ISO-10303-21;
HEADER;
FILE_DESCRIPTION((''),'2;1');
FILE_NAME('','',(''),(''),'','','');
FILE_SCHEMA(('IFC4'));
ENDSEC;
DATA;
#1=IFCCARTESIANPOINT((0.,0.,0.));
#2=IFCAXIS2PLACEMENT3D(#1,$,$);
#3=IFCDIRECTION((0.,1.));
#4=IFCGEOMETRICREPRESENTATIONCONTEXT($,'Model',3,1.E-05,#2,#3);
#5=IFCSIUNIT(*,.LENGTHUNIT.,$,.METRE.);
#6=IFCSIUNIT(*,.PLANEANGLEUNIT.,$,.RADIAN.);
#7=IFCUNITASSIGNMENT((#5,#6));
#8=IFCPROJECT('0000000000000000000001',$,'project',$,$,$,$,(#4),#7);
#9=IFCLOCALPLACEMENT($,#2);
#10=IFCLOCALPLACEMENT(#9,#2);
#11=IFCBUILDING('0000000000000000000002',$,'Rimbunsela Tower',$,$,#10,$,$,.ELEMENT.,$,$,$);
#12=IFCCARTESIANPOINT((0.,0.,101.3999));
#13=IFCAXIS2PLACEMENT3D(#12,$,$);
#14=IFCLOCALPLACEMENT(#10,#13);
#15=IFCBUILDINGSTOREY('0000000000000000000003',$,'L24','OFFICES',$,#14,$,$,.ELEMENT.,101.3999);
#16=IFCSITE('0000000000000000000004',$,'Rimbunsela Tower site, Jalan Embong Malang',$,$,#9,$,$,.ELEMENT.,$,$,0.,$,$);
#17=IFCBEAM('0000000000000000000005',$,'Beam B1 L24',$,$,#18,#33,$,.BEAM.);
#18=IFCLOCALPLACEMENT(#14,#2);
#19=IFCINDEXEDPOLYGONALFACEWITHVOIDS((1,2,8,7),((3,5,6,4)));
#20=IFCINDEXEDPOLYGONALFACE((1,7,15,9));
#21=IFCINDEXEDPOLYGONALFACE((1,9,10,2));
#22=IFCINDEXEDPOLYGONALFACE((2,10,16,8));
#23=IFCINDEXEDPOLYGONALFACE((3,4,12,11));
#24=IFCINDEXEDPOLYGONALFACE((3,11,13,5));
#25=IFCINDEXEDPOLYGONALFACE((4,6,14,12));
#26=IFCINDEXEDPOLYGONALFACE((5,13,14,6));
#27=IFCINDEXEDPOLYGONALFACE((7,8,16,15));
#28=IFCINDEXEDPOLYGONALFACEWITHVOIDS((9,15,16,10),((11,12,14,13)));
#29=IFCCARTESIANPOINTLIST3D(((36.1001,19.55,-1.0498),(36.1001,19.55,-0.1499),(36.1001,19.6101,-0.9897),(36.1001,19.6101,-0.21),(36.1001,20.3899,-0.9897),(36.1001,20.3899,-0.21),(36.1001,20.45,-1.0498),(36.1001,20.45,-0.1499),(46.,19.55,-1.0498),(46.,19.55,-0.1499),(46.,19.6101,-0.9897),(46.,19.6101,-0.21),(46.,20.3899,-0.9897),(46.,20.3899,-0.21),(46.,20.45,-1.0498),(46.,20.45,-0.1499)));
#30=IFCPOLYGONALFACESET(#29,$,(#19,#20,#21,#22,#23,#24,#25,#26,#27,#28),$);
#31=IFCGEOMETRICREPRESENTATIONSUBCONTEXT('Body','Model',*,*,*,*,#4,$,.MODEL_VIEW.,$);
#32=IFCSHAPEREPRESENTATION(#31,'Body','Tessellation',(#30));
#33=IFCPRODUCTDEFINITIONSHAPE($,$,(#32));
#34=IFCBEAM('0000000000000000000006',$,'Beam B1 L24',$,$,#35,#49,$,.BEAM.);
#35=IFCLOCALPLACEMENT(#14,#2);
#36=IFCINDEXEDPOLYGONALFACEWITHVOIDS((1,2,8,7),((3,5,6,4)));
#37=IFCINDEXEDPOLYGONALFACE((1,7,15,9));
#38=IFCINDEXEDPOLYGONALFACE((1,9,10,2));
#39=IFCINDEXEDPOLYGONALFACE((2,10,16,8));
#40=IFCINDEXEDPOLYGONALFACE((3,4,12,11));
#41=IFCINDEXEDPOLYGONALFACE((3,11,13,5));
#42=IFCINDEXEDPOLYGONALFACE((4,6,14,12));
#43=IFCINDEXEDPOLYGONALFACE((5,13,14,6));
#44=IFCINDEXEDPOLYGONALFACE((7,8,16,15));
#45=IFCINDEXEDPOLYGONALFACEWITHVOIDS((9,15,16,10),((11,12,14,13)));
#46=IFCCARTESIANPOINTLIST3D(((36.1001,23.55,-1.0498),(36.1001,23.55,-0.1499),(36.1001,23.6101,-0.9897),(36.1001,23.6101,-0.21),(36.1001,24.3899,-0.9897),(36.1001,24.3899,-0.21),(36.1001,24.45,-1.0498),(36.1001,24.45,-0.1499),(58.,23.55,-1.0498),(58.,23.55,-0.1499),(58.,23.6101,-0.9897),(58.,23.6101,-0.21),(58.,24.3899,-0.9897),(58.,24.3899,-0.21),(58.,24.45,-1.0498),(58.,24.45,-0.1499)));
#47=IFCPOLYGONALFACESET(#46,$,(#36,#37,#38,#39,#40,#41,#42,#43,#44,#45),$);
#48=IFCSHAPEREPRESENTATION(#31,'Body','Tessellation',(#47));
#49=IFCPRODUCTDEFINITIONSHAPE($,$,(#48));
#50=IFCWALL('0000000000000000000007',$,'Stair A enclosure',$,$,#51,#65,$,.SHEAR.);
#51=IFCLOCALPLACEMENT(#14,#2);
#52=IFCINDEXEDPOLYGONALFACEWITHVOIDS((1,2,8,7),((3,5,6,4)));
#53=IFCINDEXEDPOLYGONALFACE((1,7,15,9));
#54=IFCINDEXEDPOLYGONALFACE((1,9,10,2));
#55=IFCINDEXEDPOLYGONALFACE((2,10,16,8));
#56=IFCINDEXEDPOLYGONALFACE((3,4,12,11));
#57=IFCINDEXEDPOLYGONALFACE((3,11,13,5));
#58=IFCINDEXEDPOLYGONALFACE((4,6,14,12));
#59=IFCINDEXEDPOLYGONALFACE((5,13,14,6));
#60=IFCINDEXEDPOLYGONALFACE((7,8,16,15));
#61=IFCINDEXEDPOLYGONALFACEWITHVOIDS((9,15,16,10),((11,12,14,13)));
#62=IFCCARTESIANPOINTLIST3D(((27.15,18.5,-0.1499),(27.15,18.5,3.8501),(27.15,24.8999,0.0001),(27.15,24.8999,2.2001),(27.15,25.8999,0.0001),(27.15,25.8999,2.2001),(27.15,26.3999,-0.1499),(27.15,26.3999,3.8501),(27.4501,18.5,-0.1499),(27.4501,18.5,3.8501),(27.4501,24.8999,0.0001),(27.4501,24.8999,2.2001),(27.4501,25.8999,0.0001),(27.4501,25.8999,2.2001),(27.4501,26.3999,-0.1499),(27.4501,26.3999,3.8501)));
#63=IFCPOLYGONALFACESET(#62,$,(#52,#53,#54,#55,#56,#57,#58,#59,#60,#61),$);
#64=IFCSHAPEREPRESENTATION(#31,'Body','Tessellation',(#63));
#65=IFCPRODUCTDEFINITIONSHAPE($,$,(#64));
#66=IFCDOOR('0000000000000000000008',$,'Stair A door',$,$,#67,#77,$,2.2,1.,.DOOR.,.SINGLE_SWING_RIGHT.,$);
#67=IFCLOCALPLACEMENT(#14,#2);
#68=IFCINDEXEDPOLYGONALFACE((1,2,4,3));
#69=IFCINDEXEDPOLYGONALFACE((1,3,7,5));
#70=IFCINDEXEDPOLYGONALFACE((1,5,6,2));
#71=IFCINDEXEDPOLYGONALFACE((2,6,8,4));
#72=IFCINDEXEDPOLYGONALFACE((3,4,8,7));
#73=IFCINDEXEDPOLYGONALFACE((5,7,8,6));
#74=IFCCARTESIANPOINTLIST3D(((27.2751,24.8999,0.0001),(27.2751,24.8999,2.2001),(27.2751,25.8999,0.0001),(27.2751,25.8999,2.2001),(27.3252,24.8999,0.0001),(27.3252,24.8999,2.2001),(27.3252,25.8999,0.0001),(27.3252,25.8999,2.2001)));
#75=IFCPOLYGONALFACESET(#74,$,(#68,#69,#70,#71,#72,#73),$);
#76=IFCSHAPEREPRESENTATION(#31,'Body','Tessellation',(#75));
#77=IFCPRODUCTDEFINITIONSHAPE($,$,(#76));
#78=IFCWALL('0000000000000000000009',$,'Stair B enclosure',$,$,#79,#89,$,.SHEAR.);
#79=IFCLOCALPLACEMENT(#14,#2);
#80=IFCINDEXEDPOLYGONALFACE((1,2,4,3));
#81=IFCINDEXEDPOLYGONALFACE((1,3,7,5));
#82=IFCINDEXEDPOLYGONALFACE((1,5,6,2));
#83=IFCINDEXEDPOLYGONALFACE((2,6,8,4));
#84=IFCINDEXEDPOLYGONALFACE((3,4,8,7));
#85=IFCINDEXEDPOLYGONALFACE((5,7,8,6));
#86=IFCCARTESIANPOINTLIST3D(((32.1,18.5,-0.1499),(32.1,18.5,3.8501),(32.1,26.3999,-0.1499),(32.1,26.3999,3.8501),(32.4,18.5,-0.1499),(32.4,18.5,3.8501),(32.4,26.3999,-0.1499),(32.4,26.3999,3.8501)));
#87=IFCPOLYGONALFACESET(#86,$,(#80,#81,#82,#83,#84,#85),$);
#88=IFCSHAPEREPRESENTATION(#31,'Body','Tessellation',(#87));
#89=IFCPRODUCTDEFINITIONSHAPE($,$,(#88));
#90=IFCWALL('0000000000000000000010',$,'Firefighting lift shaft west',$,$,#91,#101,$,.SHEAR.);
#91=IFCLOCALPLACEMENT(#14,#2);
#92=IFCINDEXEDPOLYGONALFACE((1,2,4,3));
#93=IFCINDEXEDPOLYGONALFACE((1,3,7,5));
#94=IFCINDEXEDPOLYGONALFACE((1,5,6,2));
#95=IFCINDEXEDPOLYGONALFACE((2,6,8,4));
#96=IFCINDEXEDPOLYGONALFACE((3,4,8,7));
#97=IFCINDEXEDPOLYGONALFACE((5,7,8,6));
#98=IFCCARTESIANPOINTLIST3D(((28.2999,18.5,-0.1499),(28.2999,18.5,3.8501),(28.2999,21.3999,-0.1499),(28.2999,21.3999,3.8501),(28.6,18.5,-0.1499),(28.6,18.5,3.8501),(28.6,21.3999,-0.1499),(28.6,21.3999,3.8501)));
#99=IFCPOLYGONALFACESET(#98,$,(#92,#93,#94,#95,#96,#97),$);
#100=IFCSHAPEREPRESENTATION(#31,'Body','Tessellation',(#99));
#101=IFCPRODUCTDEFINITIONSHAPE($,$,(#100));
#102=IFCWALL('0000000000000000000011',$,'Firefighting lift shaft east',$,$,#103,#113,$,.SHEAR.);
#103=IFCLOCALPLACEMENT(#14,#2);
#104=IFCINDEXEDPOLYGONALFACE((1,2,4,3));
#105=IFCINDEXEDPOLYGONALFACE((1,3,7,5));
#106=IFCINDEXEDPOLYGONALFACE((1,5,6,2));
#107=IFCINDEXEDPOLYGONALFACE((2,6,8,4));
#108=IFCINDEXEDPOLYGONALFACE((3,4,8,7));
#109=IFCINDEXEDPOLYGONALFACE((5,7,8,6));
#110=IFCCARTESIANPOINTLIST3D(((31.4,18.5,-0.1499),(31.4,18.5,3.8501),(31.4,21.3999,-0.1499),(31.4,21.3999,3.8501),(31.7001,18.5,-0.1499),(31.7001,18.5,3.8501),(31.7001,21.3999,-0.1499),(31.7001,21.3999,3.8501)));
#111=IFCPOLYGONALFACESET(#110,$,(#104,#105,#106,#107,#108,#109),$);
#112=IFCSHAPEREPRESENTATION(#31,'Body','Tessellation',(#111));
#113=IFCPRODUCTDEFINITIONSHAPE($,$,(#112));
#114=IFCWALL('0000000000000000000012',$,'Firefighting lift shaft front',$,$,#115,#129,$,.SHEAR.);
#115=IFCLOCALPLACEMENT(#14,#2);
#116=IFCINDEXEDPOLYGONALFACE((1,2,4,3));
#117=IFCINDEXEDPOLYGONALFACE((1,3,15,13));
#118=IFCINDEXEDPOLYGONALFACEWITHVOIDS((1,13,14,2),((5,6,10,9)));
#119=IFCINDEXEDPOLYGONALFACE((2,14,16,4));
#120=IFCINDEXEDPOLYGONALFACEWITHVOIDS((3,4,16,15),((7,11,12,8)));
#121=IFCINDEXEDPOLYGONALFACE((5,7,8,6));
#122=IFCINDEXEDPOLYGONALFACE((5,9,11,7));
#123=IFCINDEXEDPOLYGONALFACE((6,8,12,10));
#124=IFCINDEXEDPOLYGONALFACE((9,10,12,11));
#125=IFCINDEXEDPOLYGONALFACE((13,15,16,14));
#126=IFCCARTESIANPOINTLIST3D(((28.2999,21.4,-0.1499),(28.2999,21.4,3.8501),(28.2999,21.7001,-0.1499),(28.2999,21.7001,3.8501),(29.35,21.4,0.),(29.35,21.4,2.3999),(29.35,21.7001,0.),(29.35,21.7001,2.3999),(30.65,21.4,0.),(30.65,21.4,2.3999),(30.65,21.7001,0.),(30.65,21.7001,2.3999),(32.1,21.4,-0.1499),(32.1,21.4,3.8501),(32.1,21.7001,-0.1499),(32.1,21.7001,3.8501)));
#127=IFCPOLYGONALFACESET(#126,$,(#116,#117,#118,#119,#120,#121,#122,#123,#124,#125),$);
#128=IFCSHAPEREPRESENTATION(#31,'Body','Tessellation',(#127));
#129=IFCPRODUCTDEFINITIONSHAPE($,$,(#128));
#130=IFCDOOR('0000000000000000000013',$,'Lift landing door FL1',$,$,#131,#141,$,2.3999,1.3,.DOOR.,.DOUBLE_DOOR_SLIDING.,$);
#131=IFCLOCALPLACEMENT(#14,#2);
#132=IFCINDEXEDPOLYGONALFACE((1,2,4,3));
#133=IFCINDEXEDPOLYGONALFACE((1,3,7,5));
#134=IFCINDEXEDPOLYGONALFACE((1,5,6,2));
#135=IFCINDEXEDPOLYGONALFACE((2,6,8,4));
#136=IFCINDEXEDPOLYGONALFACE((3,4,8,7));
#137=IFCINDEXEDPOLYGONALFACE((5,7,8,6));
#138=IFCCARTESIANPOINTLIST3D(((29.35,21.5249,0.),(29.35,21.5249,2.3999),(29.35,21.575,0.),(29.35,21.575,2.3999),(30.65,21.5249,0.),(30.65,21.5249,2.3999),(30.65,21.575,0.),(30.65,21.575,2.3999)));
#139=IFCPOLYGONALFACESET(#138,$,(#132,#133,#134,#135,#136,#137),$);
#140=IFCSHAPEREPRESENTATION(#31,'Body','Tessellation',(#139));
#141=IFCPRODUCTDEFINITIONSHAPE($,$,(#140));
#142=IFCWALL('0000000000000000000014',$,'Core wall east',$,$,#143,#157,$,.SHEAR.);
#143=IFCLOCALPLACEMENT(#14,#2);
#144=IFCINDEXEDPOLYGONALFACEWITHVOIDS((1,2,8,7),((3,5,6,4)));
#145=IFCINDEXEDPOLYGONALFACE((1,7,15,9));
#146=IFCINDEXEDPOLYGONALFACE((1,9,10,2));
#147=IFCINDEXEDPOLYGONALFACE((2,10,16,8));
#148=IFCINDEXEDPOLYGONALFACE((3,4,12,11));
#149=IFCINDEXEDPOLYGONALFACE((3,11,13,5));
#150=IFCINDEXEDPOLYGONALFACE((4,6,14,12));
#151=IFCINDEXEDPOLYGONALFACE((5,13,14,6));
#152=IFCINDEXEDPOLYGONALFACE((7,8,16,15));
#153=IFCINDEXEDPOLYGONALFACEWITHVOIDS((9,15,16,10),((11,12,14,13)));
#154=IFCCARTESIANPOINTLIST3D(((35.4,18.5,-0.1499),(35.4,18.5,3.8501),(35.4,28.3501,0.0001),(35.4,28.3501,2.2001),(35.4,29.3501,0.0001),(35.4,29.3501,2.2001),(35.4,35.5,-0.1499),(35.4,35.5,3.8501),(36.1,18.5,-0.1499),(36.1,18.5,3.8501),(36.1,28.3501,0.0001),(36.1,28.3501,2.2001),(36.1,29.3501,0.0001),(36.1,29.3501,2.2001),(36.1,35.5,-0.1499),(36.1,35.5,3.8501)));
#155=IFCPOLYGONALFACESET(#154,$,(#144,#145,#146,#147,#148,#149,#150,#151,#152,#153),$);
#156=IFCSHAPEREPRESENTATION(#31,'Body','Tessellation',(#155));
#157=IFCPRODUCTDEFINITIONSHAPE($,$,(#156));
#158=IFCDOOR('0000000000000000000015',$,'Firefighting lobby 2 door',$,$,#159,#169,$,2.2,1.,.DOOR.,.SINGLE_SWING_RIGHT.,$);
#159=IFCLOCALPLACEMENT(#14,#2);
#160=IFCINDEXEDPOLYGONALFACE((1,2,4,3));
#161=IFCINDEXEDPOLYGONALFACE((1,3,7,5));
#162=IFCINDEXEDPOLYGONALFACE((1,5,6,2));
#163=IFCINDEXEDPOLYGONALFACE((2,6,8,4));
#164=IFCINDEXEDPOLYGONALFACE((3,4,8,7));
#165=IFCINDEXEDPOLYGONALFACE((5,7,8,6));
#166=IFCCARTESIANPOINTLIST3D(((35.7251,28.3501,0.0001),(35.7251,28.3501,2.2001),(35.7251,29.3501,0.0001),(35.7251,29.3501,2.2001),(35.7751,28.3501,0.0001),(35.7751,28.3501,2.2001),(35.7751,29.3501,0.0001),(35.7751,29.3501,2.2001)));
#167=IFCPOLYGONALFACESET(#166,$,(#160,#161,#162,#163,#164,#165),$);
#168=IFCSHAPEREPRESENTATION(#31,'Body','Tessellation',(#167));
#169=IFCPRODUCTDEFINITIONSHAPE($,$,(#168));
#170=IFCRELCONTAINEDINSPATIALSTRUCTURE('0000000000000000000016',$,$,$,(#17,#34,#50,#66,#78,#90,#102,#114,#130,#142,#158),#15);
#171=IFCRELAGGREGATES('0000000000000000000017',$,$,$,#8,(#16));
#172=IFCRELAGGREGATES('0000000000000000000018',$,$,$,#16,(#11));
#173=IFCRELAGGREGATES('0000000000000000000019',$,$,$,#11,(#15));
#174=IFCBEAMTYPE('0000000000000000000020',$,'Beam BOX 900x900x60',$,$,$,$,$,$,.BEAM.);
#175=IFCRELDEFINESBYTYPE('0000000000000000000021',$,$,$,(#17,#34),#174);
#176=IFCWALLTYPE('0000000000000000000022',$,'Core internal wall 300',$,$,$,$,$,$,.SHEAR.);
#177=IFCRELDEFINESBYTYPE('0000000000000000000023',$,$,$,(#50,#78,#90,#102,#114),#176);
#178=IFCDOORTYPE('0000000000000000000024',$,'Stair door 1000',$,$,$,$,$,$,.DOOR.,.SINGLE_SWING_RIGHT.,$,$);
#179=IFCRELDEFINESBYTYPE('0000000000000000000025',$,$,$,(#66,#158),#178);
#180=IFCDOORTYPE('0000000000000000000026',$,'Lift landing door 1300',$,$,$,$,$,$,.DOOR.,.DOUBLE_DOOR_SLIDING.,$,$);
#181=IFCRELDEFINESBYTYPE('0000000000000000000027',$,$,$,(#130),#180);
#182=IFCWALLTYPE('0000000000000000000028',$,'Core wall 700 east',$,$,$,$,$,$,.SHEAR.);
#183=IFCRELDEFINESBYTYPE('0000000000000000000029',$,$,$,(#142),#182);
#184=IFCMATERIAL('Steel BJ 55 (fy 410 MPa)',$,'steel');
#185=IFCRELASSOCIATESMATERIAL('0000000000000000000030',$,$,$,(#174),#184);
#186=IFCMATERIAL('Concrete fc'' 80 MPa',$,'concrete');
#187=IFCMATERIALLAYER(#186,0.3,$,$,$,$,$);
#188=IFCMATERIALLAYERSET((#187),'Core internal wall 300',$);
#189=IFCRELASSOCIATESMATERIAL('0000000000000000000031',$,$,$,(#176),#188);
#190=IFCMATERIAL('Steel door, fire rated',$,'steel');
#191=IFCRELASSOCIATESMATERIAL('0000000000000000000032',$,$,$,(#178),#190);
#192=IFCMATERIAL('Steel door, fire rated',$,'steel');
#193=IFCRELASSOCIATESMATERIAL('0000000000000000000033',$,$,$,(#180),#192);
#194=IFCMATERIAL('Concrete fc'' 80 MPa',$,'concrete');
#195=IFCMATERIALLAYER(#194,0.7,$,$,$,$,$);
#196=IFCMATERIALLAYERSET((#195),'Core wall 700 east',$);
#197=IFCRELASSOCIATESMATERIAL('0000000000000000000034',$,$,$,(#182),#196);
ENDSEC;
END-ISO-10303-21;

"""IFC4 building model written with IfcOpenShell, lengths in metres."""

from ifc_helpers import new_model, si_unit, direction, frame, frame_2d, origin, origin_2d, place, context, subcontext, project, spatial, rectangle, hollow_rectangle, extrude, material, layer, layer_set, material_profile, profile_set, type_object, element, fill, save


model = new_model("IFC4")

# Units and contexts
model_context = context("Model", 3, precision=1e-05, world=origin(), true_north=direction((0.0, 1.0)))
body_context = subcontext(model_context, "Body", "Model", "MODEL_VIEW")
ifc_project = project(units=[si_unit("LENGTHUNIT", "METRE"), si_unit("PLANEANGLEUNIT", "RADIAN")], contexts=[model_context])

# Site, building, storey
site_placement = place(None, origin())
site = spatial("IfcSite", under=ifc_project, at=site_placement, Name="Rimbunsela Tower site, Jalan Embong Malang", CompositionType="ELEMENT", RefElevation=0.0)
building_placement = place(site_placement, origin())
building = spatial("IfcBuilding", under=site, at=building_placement, Name="Rimbunsela Tower", CompositionType="ELEMENT")
storey_placement = place(building_placement, frame((0.0, 0.0, 101.3999)))
storey = spatial("IfcBuildingStorey", under=building, at=storey_placement, Name="L24", Description="OFFICES", CompositionType="ELEMENT", Elevation=101.3999)

# Beams
ifc_material_1 = material(Name="Steel BJ 55 (fy 410 MPa)", Category="steel")
ifc_material_profile = material_profile(ifc_material_1, hollow_rectangle(XDim=0.8999, YDim=0.8999, WallThickness=0.0601, at=origin_2d()), Name="BOX 900x900x60")
ifc_profile_set = profile_set([ifc_material_profile], Name="Steel BJ 55 (fy 410 MPa)")
beam_type = type_object("IfcBeamType", Name="Beam BOX 900x900x60", PredefinedType="BEAM", material=ifc_profile_set)
beam_1_placement = place(storey_placement, frame((36.1001, 20.0, -0.5999), z_axis=(1.0, 0.0, 0.0), x_axis=(0.0, 1.0, 0.0)))
element("IfcBeam", 1, at=beam_1_placement, inside=storey, type_object=beam_type, Name="Beam B1 L24", PredefinedType="BEAM", context=body_context, shape_type="SweptSolid", body=[
    extrude(hollow_rectangle(XDim=0.8999, YDim=0.8999, WallThickness=0.0601, at=origin_2d()), origin(), (0.0, 0.0, 1.0), 9.8999),
])
beam_2_placement = place(storey_placement, frame((36.1001, 24.0, -0.5999), z_axis=(1.0, 0.0, 0.0), x_axis=(0.0, 1.0, 0.0)))
element("IfcBeam", 2, at=beam_2_placement, inside=storey, type_object=beam_type, Name="Beam B1 L24", PredefinedType="BEAM", context=body_context, shape_type="SweptSolid", body=[
    extrude(hollow_rectangle(XDim=0.8999, YDim=0.8999, WallThickness=0.0601, at=origin_2d()), origin(), (0.0, 0.0, 1.0), 21.8999),
])

# Wall, opening, door
ifc_material_2 = material(Name="Concrete fc' 80 MPa", Category="concrete")
ifc_layer_1 = layer(ifc_material_2, 0.3)
ifc_layer_set_1 = layer_set([ifc_layer_1], Name="Core internal wall 300")
wall_type_1 = type_object("IfcWallType", Name="Core internal wall 300", PredefinedType="SHEAR", material=ifc_layer_set_1)
wall_1_placement = place(storey_placement, frame((27.3, 18.5, -0.1499), z_axis=(0.0, 0.0, 1.0), x_axis=(0.0, 1.0, 0.0)))
wall_1 = element("IfcWall", 3, at=wall_1_placement, inside=storey, type_object=wall_type_1, Name="Stair A enclosure", PredefinedType="SHEAR", context=body_context, shape_type="SweptSolid", body=[
    extrude(rectangle(XDim=7.8999, YDim=0.3, at=frame_2d((3.95, 0.0))), origin(), (0.0, 0.0, 1.0), 4.0),
])
opening_1_placement = place(wall_1_placement, frame((6.3999, 0.0, 0.1499)))
opening_1 = element("IfcOpeningElement", 4, at=opening_1_placement, cuts=wall_1, PredefinedType="OPENING", context=body_context, shape_type="SweptSolid", body=[
    extrude(rectangle(XDim=1.0, YDim=2.2, at=frame_2d((0.5, 1.1001))), frame((0.0, 0.1599, 0.0), z_axis=(0.0, -1.0, 0.0), x_axis=(1.0, 0.0, 0.0)), (0.0, 0.0, 1.0), 0.3201),
])
ifc_material_3 = material(Name="Steel door, fire rated", Category="steel")
door_type_1 = type_object("IfcDoorType", Name="Stair door 1000", OperationType="SINGLE_SWING_RIGHT", PredefinedType="DOOR", material=ifc_material_3)
door_1_placement = place(opening_1_placement, origin())
door_1 = element("IfcDoor", 5, at=door_1_placement, inside=storey, type_object=door_type_1, Name="Stair A door", OperationType="SINGLE_SWING_RIGHT", OverallHeight=2.2, OverallWidth=1.0, PredefinedType="DOOR", context=body_context, shape_type="SweptSolid", body=[
    extrude(rectangle(XDim=1.0, YDim=2.2, at=frame_2d((0.5, 1.1001))), frame((0.0, 0.0249, 0.0), z_axis=(0.0, -1.0, 0.0), x_axis=(1.0, 0.0, 0.0)), (0.0, 0.0, 1.0), 0.05),
])
fill(opening_1, door_1)

# Walls
wall_2_placement = place(storey_placement, frame((32.25, 18.5, -0.1499), z_axis=(0.0, 0.0, 1.0), x_axis=(0.0, 1.0, 0.0)))
element("IfcWall", 6, at=wall_2_placement, inside=storey, type_object=wall_type_1, Name="Stair B enclosure", PredefinedType="SHEAR", context=body_context, shape_type="SweptSolid", body=[
    extrude(rectangle(XDim=7.8999, YDim=0.3, at=frame_2d((3.95, 0.0))), origin(), (0.0, 0.0, 1.0), 4.0),
])
for number, where, z_axis, x_axis, name in (
    (7, (28.45, 18.5, -0.1499), (0.0, 0.0, 1.0), (0.0, 1.0, 0.0), "Firefighting lift shaft west"),
    (8, (31.55, 18.5, -0.1499), (0.0, 0.0, 1.0), (0.0, 1.0, 0.0), "Firefighting lift shaft east"),
):
    element("IfcWall", number, at=place(storey_placement, frame(where, z_axis=z_axis, x_axis=x_axis)), inside=storey, type_object=wall_type_1, Name=name, PredefinedType="SHEAR", context=body_context, shape_type="SweptSolid", body=[
        extrude(rectangle(XDim=2.8999, YDim=0.3, at=frame_2d((1.45, 0.0))), origin(), (0.0, 0.0, 1.0), 4.0),
    ])

# Walls, openings, doors
wall_3_placement = place(storey_placement, frame((28.3, 21.55, -0.1499), z_axis=(0.0, 0.0, 1.0), x_axis=(1.0, 0.0, 0.0)))
wall_3 = element("IfcWall", 9, at=wall_3_placement, inside=storey, type_object=wall_type_1, Name="Firefighting lift shaft front", PredefinedType="SHEAR", context=body_context, shape_type="SweptSolid", body=[
    extrude(rectangle(XDim=3.8, YDim=0.3, at=frame_2d((1.8999, 0.0))), origin(), (0.0, 0.0, 1.0), 4.0),
])
opening_2_placement = place(wall_3_placement, frame((1.05, 0.0, 0.1499)))
opening_2 = element("IfcOpeningElement", 10, at=opening_2_placement, cuts=wall_3, PredefinedType="OPENING", context=body_context, shape_type="SweptSolid", body=[
    extrude(rectangle(XDim=1.3, YDim=2.3999, at=frame_2d((0.6499, 1.2))), frame((0.0, 0.1599, 0.0), z_axis=(0.0, -1.0, 0.0), x_axis=(1.0, 0.0, 0.0)), (0.0, 0.0, 1.0), 0.3201),
])
ifc_material_4 = material(Name="Steel door, fire rated", Category="steel")
door_type_2 = type_object("IfcDoorType", Name="Lift landing door 1300", OperationType="DOUBLE_DOOR_SLIDING", PredefinedType="DOOR", material=ifc_material_4)
door_2_placement = place(opening_2_placement, origin())
door_2 = element("IfcDoor", 11, at=door_2_placement, inside=storey, type_object=door_type_2, Name="Lift landing door FL1", OperationType="DOUBLE_DOOR_SLIDING", OverallHeight=2.3999, OverallWidth=1.3, PredefinedType="DOOR", context=body_context, shape_type="SweptSolid", body=[
    extrude(rectangle(XDim=1.3, YDim=2.3999, at=frame_2d((0.6499, 1.2))), frame((0.0, 0.0249, 0.0), z_axis=(0.0, -1.0, 0.0), x_axis=(1.0, 0.0, 0.0)), (0.0, 0.0, 1.0), 0.05),
])
fill(opening_2, door_2)
ifc_material_5 = material(Name="Concrete fc' 80 MPa", Category="concrete")
ifc_layer_2 = layer(ifc_material_5, 0.7)
ifc_layer_set_2 = layer_set([ifc_layer_2], Name="Core wall 700 east")
wall_type_2 = type_object("IfcWallType", Name="Core wall 700 east", PredefinedType="SHEAR", material=ifc_layer_set_2)
wall_4_placement = place(storey_placement, frame((35.75, 18.5, -0.1499), z_axis=(0.0, 0.0, 1.0), x_axis=(0.0, 1.0, 0.0)))
wall_4 = element("IfcWall", 12, at=wall_4_placement, inside=storey, type_object=wall_type_2, Name="Core wall east", PredefinedType="SHEAR", context=body_context, shape_type="SweptSolid", body=[
    extrude(rectangle(XDim=17.0, YDim=0.7, at=frame_2d((8.5, 0.0))), origin(), (0.0, 0.0, 1.0), 4.0),
])
opening_3_placement = place(wall_4_placement, frame((9.8501, 0.0, 0.1499)))
opening_3 = element("IfcOpeningElement", 13, at=opening_3_placement, cuts=wall_4, PredefinedType="OPENING", context=body_context, shape_type="SweptSolid", body=[
    extrude(rectangle(XDim=1.0, YDim=2.2, at=frame_2d((0.5, 1.1001))), frame((0.0, 0.3599, 0.0), z_axis=(0.0, -1.0, 0.0), x_axis=(1.0, 0.0, 0.0)), (0.0, 0.0, 1.0), 0.72),
])
door_3_placement = place(opening_3_placement, origin())
door_3 = element("IfcDoor", 14, at=door_3_placement, inside=storey, type_object=door_type_1, Name="Firefighting lobby 2 door", OperationType="SINGLE_SWING_RIGHT", OverallHeight=2.2, OverallWidth=1.0, PredefinedType="DOOR", context=body_context, shape_type="SweptSolid", body=[
    extrude(rectangle(XDim=1.0, YDim=2.2, at=frame_2d((0.5, 1.1001))), frame((0.0, 0.0249, 0.0), z_axis=(0.0, -1.0, 0.0), x_axis=(1.0, 0.0, 0.0)), (0.0, 0.0, 1.0), 0.05),
])
fill(opening_3, door_3)

save(model, "model.ifc")
